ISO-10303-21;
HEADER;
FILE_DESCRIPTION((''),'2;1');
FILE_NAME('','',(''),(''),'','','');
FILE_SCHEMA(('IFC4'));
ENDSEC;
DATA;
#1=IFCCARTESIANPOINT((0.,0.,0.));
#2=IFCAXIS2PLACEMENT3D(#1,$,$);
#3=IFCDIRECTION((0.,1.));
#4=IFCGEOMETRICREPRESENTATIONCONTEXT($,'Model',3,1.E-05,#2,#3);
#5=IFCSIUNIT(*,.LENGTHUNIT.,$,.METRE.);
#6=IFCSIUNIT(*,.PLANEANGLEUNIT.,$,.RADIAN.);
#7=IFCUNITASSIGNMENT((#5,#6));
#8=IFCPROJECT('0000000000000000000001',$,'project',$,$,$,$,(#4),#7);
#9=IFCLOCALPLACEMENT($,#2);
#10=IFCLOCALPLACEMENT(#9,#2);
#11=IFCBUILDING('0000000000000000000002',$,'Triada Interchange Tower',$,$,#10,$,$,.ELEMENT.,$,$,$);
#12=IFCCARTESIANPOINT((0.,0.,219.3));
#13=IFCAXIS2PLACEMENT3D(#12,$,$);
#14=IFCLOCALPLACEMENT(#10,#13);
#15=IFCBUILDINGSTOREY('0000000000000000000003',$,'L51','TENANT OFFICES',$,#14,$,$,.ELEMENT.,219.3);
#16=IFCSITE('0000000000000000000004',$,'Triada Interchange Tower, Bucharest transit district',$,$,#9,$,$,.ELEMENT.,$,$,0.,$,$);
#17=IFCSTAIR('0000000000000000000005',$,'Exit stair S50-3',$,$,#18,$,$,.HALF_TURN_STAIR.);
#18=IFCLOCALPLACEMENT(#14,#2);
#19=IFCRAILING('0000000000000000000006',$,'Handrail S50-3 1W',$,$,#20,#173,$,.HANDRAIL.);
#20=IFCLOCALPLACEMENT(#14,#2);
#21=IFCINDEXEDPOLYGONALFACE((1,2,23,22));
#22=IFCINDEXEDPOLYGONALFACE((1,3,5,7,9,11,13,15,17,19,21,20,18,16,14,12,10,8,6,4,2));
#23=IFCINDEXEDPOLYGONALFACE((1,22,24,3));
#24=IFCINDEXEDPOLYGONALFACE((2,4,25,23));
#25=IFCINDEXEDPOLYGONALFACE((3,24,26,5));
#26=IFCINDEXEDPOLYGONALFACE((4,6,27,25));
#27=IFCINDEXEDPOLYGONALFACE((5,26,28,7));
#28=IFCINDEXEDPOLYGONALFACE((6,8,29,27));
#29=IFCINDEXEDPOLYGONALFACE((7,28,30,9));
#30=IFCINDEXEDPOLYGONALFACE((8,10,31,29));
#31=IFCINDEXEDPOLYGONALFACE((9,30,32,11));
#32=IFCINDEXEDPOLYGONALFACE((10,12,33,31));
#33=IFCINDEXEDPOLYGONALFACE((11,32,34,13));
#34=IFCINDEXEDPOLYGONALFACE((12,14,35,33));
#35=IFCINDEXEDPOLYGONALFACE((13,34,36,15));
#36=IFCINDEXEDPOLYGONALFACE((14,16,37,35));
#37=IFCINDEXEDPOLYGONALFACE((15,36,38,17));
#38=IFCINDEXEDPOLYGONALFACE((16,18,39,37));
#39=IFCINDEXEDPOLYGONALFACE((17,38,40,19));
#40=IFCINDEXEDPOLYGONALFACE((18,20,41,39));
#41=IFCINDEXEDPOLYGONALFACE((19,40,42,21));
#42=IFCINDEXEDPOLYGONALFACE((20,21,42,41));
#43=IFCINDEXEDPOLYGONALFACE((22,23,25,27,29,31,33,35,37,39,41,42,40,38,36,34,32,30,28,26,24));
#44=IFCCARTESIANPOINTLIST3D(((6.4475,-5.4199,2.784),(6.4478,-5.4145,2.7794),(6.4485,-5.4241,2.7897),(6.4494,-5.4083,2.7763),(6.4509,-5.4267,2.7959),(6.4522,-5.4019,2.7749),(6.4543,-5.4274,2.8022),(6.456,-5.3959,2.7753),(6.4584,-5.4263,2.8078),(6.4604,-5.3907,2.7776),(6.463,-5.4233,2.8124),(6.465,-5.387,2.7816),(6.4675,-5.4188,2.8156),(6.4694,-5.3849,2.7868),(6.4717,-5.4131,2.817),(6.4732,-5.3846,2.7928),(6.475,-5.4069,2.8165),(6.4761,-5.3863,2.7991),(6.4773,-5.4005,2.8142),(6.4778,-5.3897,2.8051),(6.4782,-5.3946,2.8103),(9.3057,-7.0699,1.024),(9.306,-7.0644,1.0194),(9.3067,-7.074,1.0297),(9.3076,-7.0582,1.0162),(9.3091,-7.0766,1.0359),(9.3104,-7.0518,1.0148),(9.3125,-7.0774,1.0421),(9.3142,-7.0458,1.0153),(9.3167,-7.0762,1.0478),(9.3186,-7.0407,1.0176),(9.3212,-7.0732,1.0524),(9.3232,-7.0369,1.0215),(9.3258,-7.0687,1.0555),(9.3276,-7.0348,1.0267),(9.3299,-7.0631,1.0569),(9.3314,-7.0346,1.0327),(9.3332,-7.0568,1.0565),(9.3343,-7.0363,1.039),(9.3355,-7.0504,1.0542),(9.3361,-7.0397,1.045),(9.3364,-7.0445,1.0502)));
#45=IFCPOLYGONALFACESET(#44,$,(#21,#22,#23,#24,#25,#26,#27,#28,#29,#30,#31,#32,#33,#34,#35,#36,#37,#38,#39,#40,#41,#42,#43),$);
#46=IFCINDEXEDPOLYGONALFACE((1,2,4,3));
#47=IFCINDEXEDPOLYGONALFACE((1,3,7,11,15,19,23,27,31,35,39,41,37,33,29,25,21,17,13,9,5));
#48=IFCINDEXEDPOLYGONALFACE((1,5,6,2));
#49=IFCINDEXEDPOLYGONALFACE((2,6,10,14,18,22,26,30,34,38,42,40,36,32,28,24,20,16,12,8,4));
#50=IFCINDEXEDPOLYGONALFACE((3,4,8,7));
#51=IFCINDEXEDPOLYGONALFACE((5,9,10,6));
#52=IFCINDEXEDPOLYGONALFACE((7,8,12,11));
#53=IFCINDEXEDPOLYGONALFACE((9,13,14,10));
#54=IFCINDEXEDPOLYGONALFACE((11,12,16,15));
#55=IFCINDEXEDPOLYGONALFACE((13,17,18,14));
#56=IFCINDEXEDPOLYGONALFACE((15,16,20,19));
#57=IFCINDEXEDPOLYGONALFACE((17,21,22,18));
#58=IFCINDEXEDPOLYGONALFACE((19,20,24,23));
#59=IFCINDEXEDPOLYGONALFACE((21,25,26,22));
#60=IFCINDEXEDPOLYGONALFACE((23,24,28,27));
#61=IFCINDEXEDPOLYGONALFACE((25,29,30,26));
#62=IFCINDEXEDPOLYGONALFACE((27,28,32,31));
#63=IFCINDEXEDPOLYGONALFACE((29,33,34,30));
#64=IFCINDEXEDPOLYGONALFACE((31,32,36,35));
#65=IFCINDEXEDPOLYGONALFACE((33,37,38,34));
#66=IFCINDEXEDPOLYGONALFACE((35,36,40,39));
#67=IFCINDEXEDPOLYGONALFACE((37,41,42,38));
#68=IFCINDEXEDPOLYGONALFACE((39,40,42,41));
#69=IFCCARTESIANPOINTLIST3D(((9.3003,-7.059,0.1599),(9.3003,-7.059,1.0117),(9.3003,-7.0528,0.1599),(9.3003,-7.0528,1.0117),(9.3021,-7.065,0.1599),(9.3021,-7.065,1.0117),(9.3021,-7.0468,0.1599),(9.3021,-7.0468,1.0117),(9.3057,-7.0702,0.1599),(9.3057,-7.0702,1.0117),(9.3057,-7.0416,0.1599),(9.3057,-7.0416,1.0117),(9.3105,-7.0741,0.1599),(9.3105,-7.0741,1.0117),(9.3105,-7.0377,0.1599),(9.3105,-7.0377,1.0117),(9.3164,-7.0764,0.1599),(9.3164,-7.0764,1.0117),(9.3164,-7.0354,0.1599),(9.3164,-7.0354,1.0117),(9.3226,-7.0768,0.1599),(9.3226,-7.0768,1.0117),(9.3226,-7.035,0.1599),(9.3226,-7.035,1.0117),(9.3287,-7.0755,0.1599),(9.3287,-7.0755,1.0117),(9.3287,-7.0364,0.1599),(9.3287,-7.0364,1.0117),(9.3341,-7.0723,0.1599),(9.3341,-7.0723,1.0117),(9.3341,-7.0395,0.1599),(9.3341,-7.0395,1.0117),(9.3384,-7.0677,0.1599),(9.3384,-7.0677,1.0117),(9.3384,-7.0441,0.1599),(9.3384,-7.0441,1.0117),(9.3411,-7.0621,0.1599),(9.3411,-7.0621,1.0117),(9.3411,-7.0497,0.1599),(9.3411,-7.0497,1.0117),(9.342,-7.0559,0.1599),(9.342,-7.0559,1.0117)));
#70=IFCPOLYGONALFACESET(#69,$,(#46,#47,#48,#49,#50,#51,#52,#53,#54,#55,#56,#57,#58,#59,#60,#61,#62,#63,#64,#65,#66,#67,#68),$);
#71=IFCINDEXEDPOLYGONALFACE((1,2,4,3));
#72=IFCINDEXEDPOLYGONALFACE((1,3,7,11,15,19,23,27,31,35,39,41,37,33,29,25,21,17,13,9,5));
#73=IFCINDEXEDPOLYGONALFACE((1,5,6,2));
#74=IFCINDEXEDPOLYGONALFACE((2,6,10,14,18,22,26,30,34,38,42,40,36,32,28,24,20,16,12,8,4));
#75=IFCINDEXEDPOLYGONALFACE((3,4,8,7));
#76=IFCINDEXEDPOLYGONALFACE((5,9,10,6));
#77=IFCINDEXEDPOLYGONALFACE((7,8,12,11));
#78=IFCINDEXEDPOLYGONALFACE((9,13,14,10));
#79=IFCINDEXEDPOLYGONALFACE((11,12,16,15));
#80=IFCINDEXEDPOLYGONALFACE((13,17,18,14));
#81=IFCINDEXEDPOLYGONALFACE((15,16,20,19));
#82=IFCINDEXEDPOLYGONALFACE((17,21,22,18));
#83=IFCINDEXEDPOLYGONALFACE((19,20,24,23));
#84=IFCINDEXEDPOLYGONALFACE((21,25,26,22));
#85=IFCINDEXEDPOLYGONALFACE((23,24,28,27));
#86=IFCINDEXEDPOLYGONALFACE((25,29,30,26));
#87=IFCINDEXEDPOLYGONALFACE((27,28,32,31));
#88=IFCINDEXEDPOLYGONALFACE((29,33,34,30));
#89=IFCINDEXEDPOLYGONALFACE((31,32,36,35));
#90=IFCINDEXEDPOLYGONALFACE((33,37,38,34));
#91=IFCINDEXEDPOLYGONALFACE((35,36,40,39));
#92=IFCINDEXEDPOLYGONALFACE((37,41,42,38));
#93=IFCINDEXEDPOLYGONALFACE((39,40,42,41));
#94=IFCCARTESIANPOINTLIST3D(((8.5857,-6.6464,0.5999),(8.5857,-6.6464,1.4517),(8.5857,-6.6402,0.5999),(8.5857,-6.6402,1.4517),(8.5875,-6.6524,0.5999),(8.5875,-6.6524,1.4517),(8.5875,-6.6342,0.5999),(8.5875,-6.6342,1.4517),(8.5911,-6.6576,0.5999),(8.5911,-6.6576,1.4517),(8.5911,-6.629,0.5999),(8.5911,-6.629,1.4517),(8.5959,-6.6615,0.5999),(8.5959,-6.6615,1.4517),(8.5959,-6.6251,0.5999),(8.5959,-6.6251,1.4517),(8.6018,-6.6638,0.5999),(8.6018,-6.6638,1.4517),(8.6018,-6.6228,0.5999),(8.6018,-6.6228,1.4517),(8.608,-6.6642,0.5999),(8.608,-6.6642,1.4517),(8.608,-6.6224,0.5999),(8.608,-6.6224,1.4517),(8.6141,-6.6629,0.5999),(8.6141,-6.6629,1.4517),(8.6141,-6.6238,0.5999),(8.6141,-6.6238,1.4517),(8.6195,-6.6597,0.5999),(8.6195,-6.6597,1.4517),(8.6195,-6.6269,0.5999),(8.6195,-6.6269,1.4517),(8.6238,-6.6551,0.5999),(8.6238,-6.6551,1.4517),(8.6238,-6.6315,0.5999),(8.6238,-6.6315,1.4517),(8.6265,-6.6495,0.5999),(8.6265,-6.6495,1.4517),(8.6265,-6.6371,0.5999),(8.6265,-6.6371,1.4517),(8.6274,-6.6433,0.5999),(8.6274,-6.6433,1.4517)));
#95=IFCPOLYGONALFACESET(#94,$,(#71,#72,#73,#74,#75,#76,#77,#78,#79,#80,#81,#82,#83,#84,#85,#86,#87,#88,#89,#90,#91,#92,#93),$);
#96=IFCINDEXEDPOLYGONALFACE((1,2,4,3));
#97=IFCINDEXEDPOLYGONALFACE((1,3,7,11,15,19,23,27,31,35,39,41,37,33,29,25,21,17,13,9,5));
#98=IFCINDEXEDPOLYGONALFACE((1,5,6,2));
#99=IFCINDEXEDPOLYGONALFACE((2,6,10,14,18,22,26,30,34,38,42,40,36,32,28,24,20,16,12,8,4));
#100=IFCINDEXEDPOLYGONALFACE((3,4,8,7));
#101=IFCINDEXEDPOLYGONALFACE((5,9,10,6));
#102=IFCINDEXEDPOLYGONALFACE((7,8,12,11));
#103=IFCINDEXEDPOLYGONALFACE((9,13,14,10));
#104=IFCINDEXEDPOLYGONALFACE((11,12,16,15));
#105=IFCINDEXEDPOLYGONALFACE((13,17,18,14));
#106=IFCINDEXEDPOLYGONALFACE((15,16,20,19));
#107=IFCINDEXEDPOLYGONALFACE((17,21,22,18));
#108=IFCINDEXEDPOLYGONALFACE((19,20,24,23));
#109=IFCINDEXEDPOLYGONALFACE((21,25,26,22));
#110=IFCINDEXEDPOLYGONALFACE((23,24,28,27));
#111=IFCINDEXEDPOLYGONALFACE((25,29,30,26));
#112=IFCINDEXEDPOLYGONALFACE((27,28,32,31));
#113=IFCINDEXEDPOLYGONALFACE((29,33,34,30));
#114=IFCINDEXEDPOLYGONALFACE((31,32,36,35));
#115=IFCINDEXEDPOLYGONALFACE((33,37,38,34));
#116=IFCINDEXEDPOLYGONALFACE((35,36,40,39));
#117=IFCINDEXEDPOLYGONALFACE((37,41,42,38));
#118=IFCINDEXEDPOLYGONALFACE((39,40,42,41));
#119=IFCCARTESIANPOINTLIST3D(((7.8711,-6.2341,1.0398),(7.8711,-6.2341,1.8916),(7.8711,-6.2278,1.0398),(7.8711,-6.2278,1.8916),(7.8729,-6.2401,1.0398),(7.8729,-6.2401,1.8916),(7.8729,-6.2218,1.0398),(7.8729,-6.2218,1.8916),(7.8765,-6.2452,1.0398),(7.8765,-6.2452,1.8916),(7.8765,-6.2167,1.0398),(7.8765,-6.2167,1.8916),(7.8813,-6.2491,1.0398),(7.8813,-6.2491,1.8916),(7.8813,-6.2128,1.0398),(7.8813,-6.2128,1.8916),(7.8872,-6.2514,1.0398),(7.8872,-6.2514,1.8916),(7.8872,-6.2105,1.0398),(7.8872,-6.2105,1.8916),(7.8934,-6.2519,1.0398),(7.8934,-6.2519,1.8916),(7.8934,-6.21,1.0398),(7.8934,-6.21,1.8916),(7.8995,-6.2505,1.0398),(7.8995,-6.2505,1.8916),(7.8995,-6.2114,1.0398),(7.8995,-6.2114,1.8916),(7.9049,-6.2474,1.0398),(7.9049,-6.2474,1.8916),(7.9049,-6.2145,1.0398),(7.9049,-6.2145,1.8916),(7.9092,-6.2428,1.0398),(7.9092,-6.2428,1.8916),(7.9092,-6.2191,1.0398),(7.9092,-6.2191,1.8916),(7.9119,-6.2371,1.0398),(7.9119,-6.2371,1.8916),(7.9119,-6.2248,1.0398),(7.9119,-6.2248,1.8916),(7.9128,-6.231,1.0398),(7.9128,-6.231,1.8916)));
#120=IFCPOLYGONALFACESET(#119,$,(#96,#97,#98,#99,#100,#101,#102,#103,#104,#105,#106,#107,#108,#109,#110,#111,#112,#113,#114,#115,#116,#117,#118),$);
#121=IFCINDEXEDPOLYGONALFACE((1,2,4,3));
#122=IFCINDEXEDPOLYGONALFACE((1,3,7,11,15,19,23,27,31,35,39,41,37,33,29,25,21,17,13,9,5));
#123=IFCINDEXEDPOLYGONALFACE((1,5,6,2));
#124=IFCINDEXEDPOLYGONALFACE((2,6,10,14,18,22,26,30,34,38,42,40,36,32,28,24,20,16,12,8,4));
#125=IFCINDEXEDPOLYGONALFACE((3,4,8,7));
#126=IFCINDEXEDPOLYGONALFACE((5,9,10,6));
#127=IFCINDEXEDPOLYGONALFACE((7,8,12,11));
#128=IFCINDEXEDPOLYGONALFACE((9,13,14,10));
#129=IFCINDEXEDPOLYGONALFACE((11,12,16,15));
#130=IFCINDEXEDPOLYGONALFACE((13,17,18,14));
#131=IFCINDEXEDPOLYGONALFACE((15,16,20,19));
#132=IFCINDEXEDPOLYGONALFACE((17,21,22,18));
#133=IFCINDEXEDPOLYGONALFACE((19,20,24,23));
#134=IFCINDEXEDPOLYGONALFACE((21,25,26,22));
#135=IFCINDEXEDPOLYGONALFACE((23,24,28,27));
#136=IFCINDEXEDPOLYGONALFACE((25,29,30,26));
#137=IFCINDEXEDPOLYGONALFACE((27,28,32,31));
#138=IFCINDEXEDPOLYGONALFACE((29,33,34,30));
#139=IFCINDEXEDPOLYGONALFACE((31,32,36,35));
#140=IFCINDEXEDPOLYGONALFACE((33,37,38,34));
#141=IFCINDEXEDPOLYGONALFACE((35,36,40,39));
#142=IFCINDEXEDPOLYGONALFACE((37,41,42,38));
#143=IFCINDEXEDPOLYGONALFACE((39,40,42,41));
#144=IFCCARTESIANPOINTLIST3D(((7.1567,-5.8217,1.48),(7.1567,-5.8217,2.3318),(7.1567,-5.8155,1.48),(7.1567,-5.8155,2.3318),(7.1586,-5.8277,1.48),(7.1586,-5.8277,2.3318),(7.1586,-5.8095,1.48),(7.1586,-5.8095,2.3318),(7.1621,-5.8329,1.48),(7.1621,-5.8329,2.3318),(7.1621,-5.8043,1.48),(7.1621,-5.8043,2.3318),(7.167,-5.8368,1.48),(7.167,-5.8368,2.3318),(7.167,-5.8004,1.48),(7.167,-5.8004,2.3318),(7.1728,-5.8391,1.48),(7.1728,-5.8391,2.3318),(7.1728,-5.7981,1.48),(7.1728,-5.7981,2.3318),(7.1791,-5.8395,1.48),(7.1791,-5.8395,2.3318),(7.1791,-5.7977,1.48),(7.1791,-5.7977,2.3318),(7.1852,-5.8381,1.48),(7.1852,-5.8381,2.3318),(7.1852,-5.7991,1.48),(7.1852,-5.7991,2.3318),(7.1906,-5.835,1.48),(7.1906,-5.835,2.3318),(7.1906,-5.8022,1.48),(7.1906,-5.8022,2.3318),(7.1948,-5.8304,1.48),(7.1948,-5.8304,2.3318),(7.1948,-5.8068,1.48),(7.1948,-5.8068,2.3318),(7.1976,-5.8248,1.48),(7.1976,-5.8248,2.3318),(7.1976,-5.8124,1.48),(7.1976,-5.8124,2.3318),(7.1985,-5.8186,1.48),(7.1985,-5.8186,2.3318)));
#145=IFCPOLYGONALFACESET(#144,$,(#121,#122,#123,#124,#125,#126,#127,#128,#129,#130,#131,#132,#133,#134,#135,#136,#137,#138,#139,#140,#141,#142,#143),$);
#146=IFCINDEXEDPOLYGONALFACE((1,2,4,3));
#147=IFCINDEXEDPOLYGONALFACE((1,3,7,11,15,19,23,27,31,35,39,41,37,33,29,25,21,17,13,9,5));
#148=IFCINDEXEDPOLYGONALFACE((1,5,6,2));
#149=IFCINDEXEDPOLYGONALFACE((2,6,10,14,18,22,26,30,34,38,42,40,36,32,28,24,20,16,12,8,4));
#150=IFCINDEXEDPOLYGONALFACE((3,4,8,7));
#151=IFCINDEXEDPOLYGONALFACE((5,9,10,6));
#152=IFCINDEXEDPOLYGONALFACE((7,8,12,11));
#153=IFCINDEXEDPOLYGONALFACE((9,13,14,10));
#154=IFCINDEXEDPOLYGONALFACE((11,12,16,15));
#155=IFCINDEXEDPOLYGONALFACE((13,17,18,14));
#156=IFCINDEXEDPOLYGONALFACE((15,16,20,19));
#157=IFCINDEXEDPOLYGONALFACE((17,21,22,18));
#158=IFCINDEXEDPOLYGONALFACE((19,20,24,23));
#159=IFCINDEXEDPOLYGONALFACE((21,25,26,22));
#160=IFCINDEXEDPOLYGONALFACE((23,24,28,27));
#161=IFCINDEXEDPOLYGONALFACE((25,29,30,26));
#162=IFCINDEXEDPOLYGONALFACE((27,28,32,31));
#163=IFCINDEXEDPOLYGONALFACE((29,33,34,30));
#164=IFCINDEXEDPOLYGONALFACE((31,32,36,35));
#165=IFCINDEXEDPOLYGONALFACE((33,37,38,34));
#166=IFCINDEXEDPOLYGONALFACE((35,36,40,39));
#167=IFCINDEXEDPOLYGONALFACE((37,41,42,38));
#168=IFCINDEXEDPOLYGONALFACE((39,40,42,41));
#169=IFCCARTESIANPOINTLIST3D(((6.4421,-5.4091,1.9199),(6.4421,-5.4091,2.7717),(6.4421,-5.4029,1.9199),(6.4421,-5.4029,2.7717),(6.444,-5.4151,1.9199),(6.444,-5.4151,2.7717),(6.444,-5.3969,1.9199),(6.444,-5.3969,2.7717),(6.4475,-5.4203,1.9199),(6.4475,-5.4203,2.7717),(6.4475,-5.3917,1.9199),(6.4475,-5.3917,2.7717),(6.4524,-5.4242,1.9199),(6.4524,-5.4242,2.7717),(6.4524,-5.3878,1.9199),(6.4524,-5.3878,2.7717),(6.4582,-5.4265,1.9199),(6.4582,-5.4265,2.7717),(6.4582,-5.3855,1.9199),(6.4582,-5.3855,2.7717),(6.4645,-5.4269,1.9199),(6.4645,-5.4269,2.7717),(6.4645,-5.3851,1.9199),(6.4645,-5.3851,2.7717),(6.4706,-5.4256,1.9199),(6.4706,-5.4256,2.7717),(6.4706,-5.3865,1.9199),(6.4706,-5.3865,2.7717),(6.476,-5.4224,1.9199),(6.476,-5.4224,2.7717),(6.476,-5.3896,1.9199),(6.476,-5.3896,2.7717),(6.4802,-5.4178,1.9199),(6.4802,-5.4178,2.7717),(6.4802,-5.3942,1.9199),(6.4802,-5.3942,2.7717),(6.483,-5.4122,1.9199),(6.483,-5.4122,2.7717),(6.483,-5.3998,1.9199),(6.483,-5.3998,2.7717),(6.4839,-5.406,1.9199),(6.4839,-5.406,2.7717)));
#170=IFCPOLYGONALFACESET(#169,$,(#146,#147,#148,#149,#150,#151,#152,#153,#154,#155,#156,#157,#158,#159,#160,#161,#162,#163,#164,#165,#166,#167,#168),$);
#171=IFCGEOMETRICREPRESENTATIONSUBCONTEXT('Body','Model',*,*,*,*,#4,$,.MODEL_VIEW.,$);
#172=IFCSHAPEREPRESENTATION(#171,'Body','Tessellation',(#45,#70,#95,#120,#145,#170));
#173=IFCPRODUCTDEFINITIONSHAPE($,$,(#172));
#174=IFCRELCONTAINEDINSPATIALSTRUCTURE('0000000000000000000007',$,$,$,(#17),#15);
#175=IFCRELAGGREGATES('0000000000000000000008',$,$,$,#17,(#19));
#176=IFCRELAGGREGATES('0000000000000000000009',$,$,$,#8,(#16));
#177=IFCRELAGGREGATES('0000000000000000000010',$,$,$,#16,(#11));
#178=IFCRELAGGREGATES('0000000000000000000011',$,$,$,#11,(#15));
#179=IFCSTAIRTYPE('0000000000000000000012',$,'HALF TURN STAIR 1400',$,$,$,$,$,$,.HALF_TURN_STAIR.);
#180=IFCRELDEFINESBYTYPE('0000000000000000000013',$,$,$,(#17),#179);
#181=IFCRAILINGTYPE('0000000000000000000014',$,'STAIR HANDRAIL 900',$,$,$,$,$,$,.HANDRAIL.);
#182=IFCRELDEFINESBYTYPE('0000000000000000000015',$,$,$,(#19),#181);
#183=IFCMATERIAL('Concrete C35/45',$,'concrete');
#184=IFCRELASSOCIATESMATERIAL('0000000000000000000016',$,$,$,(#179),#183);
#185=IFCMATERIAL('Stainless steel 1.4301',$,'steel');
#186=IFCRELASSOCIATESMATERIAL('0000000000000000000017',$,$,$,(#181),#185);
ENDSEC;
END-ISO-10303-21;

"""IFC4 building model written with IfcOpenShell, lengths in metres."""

from ifc_helpers import new_model, si_unit, direction, frame, origin, origin_2d, place, context, subcontext, project, spatial, circle, extrude, material, type_object, element, aggregate, save


model = new_model("IFC4")

# Units and contexts
model_context = context("Model", 3, precision=1e-05, world=origin(), true_north=direction((0.0, 1.0)))
body_context = subcontext(model_context, "Body", "Model", "MODEL_VIEW")
ifc_project = project(units=[si_unit("LENGTHUNIT", "METRE"), si_unit("PLANEANGLEUNIT", "RADIAN")], contexts=[model_context])

# Site, building, storey
site_placement = place(None, origin())
site = spatial("IfcSite", under=ifc_project, at=site_placement, Name="Triada Interchange Tower, Bucharest transit district", CompositionType="ELEMENT", RefElevation=0.0)
building_placement = place(site_placement, origin())
building = spatial("IfcBuilding", under=site, at=building_placement, Name="Triada Interchange Tower", CompositionType="ELEMENT")
storey_placement = place(building_placement, frame((0.0, 0.0, 219.3)))
storey = spatial("IfcBuildingStorey", under=building, at=storey_placement, Name="L51", Description="TENANT OFFICES", CompositionType="ELEMENT", Elevation=219.3)

# Stair, railing
ifc_material_1 = material(Name="Concrete C35/45", Category="concrete")
stair_type = type_object("IfcStairType", Name="HALF TURN STAIR 1400", PredefinedType="HALF_TURN_STAIR", material=ifc_material_1)
stair_placement = place(storey_placement, origin())
stair = element("IfcStair", 1, at=stair_placement, inside=storey, type_object=stair_type, Name="Exit stair S50-3", PredefinedType="HALF_TURN_STAIR")
ifc_material_2 = material(Name="Stainless steel 1.4301", Category="steel")
railing_type = type_object("IfcRailingType", Name="STAIR HANDRAIL 900", PredefinedType="HANDRAIL", material=ifc_material_2)
railing_1_placement = place(storey_placement, frame((9.321, -7.0559, 0.1599)))
railing_1 = element("IfcRailing", 2, at=railing_1_placement, type_object=railing_type, Name="Handrail S50-3 1W", PredefinedType="HANDRAIL", context=body_context, shape_type="SweptSolid", body=[
    extrude(circle(Radius=0.0239, at=origin_2d()), frame((0.0, 0.0, 0.876), z_axis=(-0.764178, 0.441131, 0.47057), x_axis=(-0.499942, -0.866059, 0.0)), (0.0, 0.0, 1.0), 3.7402),
    extrude(circle(Radius=0.021, at=origin_2d()), origin(), (0.0, 0.0, 1.0), 0.8518),
    extrude(circle(Radius=0.021, at=origin_2d()), frame((-0.7146, 0.4126, 0.4399)), (0.0, 0.0, 1.0), 0.8518),
    extrude(circle(Radius=0.021, at=origin_2d()), frame((-1.4292, 0.825, 0.8799)), (0.0, 0.0, 1.0), 0.8518),
    extrude(circle(Radius=0.021, at=origin_2d()), frame((-2.1436, 1.2373, 1.3201)), (0.0, 0.0, 1.0), 0.8518),
    extrude(circle(Radius=0.021, at=origin_2d()), frame((-2.8582, 1.6499, 1.76)), (0.0, 0.0, 1.0), 0.8518),
])
aggregate(stair, [railing_1])

save(model, "model.ifc")
